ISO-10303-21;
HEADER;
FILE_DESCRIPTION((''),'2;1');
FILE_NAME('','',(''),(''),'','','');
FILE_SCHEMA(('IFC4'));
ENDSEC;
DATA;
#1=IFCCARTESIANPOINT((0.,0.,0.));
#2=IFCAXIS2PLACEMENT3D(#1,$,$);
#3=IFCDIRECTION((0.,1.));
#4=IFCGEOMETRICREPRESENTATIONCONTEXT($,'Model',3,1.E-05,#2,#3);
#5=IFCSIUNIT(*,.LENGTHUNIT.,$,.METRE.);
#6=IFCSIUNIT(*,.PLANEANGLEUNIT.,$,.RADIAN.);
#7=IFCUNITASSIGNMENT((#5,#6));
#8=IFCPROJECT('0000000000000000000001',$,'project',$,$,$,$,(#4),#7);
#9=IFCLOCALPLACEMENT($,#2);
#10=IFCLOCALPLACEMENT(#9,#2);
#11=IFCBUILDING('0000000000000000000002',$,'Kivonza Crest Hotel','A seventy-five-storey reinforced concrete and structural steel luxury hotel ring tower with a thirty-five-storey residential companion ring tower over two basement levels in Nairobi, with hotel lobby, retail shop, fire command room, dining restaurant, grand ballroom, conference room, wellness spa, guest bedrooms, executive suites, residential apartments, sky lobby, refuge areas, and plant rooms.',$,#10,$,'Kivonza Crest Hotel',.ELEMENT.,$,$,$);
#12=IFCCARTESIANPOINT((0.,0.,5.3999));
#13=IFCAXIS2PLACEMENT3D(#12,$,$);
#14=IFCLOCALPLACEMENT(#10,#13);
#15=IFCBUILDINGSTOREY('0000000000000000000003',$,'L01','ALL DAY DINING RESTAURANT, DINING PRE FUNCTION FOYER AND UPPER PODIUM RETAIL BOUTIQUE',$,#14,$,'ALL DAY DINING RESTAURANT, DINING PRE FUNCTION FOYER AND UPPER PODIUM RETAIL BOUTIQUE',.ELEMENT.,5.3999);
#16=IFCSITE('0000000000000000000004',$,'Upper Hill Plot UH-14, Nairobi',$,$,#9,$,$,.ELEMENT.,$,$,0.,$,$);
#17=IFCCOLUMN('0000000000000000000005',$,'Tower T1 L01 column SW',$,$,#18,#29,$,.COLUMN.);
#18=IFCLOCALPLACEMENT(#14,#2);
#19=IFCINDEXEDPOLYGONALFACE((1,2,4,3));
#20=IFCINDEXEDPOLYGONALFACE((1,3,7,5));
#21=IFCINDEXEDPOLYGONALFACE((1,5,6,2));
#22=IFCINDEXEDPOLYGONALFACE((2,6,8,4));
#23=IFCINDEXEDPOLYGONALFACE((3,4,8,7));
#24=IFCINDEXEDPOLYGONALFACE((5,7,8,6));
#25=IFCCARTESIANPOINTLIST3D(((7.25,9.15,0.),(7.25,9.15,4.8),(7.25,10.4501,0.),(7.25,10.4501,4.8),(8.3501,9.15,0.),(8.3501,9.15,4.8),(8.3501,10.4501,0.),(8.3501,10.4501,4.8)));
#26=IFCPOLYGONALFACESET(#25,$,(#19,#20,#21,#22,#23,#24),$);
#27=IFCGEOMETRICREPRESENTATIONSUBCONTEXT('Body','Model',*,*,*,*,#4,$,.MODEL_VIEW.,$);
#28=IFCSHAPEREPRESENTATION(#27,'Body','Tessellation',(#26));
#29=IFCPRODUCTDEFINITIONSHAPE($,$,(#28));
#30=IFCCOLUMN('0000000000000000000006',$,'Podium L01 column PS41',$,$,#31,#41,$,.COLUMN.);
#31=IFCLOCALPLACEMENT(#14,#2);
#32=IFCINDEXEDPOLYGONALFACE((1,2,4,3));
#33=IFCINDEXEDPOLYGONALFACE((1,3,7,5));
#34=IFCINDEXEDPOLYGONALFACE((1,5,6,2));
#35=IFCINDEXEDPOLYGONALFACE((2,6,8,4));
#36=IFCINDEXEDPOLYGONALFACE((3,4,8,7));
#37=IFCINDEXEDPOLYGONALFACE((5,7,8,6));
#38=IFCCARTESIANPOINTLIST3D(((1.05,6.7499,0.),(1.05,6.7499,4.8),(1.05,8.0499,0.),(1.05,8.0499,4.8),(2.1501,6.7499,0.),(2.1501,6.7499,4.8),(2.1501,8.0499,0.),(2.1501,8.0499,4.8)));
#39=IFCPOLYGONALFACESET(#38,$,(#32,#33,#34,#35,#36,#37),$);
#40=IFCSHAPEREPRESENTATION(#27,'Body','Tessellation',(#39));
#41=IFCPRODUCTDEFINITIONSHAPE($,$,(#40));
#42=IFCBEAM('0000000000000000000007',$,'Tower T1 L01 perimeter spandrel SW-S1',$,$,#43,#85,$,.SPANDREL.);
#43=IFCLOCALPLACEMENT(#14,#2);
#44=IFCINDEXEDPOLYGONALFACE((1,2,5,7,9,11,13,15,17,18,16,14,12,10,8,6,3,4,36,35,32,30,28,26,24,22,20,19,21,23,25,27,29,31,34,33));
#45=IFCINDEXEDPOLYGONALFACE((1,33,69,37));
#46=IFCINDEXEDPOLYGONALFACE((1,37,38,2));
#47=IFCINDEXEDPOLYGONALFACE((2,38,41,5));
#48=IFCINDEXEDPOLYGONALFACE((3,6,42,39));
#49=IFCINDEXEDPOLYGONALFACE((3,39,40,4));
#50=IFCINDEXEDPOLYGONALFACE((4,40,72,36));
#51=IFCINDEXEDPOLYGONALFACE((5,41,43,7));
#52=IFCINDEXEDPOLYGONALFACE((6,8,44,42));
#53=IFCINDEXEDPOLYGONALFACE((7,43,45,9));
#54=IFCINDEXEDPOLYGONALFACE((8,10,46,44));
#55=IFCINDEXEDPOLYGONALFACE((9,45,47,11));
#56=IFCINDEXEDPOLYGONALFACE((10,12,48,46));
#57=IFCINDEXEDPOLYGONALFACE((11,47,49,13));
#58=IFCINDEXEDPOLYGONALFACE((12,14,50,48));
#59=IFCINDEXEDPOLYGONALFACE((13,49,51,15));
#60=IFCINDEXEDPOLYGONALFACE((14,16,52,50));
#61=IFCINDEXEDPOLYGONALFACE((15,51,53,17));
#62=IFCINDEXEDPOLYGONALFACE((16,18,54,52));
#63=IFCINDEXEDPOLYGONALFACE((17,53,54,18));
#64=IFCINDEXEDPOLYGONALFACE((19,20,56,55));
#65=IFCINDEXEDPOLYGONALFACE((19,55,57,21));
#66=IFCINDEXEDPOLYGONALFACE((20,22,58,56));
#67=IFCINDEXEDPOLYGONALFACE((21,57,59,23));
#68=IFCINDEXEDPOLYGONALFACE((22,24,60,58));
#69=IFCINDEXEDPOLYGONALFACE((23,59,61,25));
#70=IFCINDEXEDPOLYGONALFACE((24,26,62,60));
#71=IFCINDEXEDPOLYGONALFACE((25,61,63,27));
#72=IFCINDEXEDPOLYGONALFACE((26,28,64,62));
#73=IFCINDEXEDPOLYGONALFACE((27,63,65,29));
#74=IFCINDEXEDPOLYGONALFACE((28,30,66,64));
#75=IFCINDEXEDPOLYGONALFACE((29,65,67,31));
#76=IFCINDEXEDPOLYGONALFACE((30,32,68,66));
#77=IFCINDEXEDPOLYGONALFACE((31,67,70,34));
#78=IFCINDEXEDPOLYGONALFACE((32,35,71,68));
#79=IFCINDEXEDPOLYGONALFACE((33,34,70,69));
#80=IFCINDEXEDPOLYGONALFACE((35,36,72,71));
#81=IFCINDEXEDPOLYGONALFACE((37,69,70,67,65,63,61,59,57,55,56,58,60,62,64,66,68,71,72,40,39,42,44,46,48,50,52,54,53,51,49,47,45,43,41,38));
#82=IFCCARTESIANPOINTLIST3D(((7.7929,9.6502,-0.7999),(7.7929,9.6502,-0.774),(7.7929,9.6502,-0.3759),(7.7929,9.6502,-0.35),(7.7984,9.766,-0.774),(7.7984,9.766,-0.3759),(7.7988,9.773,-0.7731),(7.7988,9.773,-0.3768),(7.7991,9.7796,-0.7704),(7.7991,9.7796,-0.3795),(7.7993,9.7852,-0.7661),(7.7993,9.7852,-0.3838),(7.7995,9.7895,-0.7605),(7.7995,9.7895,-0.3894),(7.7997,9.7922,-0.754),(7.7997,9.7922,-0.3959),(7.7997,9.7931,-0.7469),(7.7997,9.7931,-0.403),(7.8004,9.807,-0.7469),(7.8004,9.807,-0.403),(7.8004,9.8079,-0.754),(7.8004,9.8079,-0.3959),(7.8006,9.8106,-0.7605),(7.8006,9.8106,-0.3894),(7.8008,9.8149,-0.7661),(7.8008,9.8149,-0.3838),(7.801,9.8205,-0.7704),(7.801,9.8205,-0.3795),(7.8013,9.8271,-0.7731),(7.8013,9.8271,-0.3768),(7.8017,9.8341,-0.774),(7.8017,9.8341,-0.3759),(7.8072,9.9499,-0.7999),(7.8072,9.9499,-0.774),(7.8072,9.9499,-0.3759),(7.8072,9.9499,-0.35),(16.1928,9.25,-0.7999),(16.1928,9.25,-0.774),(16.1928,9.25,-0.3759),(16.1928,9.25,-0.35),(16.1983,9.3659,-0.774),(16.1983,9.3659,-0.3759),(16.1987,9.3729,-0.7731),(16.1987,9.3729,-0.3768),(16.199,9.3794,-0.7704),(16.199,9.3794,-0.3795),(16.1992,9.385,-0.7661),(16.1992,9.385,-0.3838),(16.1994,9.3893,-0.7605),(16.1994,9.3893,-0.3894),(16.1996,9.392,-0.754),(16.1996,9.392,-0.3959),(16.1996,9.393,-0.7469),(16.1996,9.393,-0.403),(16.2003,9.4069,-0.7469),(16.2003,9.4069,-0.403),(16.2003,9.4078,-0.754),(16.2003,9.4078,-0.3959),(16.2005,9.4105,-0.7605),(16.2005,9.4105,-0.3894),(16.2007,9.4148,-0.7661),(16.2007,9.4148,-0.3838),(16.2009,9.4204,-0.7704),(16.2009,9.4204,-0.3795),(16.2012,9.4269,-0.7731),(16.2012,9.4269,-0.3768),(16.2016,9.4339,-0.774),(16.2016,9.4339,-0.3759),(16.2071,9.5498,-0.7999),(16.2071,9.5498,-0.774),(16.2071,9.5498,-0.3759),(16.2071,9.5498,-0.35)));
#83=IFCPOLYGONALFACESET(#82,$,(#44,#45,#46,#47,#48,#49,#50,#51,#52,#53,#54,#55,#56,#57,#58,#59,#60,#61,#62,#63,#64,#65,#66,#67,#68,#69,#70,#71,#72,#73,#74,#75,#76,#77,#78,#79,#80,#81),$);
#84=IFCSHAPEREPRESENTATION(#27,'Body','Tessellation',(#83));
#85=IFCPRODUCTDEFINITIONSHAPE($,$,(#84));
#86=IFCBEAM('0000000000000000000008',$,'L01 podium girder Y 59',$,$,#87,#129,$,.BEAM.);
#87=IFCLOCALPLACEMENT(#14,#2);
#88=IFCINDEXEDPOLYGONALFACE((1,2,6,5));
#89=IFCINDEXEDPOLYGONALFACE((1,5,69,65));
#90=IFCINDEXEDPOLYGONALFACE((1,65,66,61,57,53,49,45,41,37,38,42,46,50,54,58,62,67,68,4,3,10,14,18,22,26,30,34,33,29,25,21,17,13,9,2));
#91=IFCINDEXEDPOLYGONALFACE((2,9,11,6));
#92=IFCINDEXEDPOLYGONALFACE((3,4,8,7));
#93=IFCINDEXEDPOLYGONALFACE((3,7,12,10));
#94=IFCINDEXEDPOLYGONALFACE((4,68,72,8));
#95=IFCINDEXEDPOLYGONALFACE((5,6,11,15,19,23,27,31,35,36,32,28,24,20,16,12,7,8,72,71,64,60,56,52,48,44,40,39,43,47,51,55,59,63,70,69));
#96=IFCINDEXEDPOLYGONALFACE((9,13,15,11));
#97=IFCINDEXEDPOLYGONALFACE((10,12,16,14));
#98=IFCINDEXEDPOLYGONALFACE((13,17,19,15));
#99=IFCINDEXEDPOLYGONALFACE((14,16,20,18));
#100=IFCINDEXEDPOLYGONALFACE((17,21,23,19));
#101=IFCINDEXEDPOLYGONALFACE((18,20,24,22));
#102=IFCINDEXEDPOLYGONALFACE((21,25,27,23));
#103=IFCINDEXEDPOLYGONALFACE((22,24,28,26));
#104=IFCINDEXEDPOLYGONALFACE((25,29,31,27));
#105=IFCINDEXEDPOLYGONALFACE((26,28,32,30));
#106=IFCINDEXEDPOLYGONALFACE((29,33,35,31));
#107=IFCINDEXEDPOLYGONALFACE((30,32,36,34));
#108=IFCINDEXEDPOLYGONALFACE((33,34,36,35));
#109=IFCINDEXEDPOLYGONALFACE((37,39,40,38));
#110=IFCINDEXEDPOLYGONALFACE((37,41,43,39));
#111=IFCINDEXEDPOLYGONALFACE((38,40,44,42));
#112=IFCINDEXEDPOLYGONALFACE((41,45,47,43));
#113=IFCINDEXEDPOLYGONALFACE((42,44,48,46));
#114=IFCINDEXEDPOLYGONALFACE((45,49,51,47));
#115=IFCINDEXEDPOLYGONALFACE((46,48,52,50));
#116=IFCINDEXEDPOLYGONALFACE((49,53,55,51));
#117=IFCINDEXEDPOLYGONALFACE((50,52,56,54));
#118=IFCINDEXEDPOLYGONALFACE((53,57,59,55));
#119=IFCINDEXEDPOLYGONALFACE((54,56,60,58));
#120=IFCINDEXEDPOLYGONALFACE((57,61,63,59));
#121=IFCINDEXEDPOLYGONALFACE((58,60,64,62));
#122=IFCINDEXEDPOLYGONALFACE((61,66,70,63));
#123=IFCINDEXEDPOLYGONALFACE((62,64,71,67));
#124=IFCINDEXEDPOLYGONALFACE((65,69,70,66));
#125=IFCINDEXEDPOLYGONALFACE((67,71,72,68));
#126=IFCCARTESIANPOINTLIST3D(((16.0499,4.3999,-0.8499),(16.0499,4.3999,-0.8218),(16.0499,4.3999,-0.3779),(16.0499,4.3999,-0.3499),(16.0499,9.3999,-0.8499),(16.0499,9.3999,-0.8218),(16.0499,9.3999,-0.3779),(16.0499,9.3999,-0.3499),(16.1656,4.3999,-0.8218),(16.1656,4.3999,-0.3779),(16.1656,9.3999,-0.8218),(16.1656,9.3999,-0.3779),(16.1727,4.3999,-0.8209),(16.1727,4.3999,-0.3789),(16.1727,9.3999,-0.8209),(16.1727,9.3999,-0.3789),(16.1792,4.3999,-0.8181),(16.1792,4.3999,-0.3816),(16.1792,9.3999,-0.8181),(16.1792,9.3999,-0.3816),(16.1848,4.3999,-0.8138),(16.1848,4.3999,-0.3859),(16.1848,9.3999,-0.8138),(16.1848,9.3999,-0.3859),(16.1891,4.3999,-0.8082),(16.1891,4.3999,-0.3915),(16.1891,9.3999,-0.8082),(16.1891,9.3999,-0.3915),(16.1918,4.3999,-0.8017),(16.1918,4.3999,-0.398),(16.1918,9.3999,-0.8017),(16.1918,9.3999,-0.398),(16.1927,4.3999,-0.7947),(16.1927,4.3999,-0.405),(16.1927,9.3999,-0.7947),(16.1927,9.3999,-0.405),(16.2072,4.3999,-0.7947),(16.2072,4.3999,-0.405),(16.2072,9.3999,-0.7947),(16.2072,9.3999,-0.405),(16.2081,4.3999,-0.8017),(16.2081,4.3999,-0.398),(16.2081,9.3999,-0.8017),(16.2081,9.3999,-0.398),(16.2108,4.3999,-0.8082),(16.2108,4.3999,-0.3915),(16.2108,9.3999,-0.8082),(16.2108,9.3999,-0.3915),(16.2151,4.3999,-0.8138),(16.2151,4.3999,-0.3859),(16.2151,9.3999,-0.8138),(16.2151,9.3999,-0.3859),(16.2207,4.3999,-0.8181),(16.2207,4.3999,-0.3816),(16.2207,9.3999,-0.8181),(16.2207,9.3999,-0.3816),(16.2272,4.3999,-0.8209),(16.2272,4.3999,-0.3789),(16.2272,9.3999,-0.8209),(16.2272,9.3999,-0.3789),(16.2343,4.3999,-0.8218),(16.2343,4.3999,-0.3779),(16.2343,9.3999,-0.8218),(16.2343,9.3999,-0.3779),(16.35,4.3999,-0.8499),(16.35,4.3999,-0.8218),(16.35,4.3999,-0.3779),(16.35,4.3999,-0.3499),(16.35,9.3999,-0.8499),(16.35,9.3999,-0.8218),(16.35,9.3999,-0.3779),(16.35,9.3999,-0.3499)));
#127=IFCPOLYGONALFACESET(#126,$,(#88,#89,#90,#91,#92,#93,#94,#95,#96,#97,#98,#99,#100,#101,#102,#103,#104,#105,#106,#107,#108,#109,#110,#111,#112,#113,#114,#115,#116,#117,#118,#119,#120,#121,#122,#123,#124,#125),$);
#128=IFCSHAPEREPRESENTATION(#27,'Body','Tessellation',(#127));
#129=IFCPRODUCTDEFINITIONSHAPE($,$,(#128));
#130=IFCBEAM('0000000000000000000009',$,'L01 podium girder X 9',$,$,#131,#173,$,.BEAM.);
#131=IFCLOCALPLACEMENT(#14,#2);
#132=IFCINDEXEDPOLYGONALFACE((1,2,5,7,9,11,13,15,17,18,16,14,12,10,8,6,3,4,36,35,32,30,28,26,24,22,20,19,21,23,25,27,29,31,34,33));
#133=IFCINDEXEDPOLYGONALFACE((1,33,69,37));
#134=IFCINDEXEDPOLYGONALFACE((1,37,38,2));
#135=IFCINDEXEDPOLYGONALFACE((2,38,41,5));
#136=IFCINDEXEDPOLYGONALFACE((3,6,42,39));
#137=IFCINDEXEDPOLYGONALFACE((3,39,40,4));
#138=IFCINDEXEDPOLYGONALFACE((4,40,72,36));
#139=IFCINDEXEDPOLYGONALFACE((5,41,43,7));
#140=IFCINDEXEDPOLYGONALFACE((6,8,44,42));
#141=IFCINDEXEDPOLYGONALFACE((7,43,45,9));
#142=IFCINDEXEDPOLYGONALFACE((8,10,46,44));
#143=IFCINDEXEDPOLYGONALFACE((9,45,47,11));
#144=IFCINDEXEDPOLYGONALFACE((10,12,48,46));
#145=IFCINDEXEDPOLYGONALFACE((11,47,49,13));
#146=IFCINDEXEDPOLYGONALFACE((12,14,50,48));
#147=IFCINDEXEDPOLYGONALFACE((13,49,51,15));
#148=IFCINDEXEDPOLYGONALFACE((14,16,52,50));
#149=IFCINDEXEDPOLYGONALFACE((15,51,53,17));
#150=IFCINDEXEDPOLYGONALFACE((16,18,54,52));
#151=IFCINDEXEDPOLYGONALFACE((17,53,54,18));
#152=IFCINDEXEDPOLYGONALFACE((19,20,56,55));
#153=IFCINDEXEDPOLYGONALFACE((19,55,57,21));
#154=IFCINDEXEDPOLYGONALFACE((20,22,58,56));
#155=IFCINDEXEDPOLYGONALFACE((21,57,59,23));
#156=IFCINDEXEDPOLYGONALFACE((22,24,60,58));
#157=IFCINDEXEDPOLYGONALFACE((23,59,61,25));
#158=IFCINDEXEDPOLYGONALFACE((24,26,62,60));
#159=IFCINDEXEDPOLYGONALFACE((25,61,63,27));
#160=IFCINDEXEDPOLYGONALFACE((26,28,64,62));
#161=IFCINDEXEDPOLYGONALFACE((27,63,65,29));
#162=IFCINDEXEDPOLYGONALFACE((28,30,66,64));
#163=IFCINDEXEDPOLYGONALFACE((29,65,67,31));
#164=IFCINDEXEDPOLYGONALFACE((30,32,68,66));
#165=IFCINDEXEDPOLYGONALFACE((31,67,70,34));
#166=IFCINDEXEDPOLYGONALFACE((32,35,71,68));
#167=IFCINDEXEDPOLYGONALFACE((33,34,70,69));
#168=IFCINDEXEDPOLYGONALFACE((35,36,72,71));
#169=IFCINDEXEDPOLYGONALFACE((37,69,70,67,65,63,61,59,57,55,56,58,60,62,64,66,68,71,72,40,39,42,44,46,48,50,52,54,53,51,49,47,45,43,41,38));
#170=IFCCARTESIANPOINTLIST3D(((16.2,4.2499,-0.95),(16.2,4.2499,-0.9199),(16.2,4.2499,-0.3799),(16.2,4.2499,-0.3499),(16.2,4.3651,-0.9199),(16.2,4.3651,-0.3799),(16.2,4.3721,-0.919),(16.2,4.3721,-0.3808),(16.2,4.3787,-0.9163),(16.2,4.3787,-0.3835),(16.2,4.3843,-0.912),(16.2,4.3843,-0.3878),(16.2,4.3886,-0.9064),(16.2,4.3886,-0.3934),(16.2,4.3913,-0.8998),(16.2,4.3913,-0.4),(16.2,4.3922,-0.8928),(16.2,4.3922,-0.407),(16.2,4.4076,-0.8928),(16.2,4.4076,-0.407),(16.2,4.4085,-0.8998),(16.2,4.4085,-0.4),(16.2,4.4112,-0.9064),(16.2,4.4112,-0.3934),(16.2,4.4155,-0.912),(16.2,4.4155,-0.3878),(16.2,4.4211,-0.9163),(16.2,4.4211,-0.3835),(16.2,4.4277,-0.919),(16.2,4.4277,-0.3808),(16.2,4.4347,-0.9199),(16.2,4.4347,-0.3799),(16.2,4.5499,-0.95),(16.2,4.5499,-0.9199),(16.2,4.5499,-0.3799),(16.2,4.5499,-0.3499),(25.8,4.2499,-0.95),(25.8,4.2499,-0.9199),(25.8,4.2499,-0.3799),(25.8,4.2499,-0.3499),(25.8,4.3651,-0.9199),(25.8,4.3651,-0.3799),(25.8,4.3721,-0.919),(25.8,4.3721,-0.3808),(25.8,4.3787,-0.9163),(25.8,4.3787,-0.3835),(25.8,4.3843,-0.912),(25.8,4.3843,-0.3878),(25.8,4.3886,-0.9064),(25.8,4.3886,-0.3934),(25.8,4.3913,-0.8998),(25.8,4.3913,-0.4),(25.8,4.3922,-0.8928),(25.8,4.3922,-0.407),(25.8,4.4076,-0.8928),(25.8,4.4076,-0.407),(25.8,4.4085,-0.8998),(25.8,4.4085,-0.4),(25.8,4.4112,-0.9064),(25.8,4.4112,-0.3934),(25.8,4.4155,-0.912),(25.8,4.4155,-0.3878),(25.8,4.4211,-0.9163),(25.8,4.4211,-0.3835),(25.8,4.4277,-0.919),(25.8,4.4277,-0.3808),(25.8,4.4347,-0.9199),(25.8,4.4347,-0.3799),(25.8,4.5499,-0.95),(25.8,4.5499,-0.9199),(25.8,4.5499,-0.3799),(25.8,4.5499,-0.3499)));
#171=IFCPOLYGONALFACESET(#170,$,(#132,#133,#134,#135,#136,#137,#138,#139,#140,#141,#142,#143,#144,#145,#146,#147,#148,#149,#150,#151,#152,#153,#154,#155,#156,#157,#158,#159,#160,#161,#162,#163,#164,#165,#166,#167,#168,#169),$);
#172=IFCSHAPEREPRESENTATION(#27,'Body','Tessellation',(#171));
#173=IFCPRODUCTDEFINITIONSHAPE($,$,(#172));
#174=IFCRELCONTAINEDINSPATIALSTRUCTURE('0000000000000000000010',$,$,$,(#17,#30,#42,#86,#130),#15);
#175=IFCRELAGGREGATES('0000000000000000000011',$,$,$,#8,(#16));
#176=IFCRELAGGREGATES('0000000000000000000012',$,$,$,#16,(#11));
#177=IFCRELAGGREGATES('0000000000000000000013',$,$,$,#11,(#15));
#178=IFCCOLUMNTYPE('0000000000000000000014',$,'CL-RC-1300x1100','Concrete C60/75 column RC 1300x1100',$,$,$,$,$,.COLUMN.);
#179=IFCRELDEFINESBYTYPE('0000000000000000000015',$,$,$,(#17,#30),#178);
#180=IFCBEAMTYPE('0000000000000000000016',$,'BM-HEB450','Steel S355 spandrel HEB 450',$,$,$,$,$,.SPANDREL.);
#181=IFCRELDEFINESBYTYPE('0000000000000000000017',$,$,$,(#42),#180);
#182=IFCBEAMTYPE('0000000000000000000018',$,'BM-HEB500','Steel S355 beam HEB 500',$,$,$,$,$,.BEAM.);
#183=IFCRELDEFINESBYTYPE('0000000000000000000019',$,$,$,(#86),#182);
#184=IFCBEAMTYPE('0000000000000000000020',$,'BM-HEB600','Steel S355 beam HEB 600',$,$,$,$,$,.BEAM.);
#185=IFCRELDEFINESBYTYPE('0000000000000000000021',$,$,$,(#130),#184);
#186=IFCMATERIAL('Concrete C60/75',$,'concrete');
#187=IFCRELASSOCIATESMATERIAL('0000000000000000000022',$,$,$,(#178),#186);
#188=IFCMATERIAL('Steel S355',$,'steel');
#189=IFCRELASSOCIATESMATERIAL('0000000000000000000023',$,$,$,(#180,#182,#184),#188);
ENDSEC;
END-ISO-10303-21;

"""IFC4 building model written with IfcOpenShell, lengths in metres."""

from ifc_helpers import new_model, si_unit, direction, frame, origin, origin_2d, place, context, subcontext, project, spatial, rectangle, i_section, extrude, material, material_profile, profile_set, type_object, element, save


model = new_model("IFC4")

# Units and contexts
model_context = context("Model", 3, precision=1e-05, world=origin(), true_north=direction((0.0, 1.0)))
body_context = subcontext(model_context, "Body", "Model", "MODEL_VIEW")
ifc_project = project(units=[si_unit("LENGTHUNIT", "METRE"), si_unit("PLANEANGLEUNIT", "RADIAN")], contexts=[model_context])

# Site, building, storey
site_placement = place(None, origin())
site = spatial("IfcSite", under=ifc_project, at=site_placement, Name="Upper Hill Plot UH-14, Nairobi", CompositionType="ELEMENT", RefElevation=0.0)
building_placement = place(site_placement, origin())
building = spatial("IfcBuilding", under=site, at=building_placement, Name="Kivonza Crest Hotel", Description="A seventy-five-storey reinforced concrete and structural steel luxury hotel ring tower with a thirty-five-storey residential companion ring tower over two basement levels in Nairobi, with hotel lobby, retail shop, fire command room, dining restaurant, grand ballroom, conference room, wellness spa, guest bedrooms, executive suites, residential apartments, sky lobby, refuge areas, and plant rooms.", LongName="Kivonza Crest Hotel", CompositionType="ELEMENT")
storey_placement = place(building_placement, frame((0.0, 0.0, 5.3999)))
storey = spatial("IfcBuildingStorey", under=building, at=storey_placement, Name="L01", Description="ALL DAY DINING RESTAURANT, DINING PRE FUNCTION FOYER AND UPPER PODIUM RETAIL BOUTIQUE", LongName="ALL DAY DINING RESTAURANT, DINING PRE FUNCTION FOYER AND UPPER PODIUM RETAIL BOUTIQUE", CompositionType="ELEMENT", Elevation=5.3999)

# Columns
ifc_material_1 = material(Name="Concrete C60/75", Category="concrete")
ifc_material_profile_1 = material_profile(ifc_material_1, rectangle(XDim=1.1001, YDim=1.3, at=origin_2d()), Name="RC 1300x1100")
ifc_profile_set_1 = profile_set([ifc_material_profile_1], Name="Concrete C60/75")
column_type = type_object("IfcColumnType", Name="CL-RC-1300x1100", Description="Concrete C60/75 column RC 1300x1100", PredefinedType="COLUMN", material=ifc_profile_set_1)
for number, where, z_axis, x_axis, name in (
    (1, (7.8, 9.8, 0.0), (0.0, 0.0, 1.0), (1.0, 0.0, 0.0), "Tower T1 L01 column SW"),
    (2, (1.6001, 7.3999, 0.0), (0.0, 0.0, 1.0), (1.0, 0.0, 0.0), "Podium L01 column PS41"),
):
    element("IfcColumn", number, at=place(storey_placement, frame(where, z_axis=z_axis, x_axis=x_axis)), inside=storey, type_object=column_type, Name=name, PredefinedType="COLUMN", context=body_context, shape_type="SweptSolid", body=[
        extrude(rectangle(XDim=1.1001, YDim=1.3, at=origin_2d()), origin(), (0.0, 0.0, 1.0), 4.8),
    ])

# Beams
ifc_material_2 = material(Name="Steel S355", Category="steel")
ifc_material_profile_2 = material_profile(ifc_material_2, i_section(OverallWidth=0.3, OverallDepth=0.45, WebThickness=0.0139, FlangeThickness=0.0259, FilletRadius=0.0271, at=origin_2d()), Name="HEB 450")
ifc_profile_set_2 = profile_set([ifc_material_profile_2], Name="Steel S355")
beam_type_1 = type_object("IfcBeamType", Name="BM-HEB450", Description="Steel S355 spandrel HEB 450", PredefinedType="SPANDREL", material=ifc_profile_set_2)
beam_1_placement = place(storey_placement, frame((7.8, 9.8, -0.575), z_axis=(0.998867, -0.047583, 0.0), x_axis=(0.047583, 0.998867, 0.0)))
element("IfcBeam", 3, at=beam_1_placement, inside=storey, type_object=beam_type_1, Name="Tower T1 L01 perimeter spandrel SW-S1", PredefinedType="SPANDREL", context=body_context, shape_type="SweptSolid", body=[
    extrude(i_section(OverallWidth=0.3, OverallDepth=0.45, WebThickness=0.0139, FlangeThickness=0.0259, FilletRadius=0.0271, at=origin_2d()), origin(), (0.0, 0.0, 1.0), 8.4094),
])
ifc_material_profile_3 = material_profile(ifc_material_2, i_section(OverallWidth=0.3, OverallDepth=0.5, WebThickness=0.0144, FlangeThickness=0.0281, FilletRadius=0.0271, at=origin_2d()), Name="HEB 500")
ifc_profile_set_3 = profile_set([ifc_material_profile_3], Name="Steel S355")
beam_type_2 = type_object("IfcBeamType", Name="BM-HEB500", Description="Steel S355 beam HEB 500", PredefinedType="BEAM", material=ifc_profile_set_3)
beam_2_placement = place(storey_placement, frame((16.2, 4.3999, -0.5999), z_axis=(0.0, 1.0, 0.0), x_axis=(-1.0, 0.0, 0.0)))
element("IfcBeam", 4, at=beam_2_placement, inside=storey, type_object=beam_type_2, Name="L01 podium girder Y 59", PredefinedType="BEAM", context=body_context, shape_type="SweptSolid", body=[
    extrude(i_section(OverallWidth=0.3, OverallDepth=0.5, WebThickness=0.0144, FlangeThickness=0.0281, FilletRadius=0.0271, at=origin_2d()), origin(), (0.0, 0.0, 1.0), 5.0),
])
ifc_material_profile_4 = material_profile(ifc_material_2, i_section(OverallWidth=0.3, OverallDepth=0.6001, WebThickness=0.0154, FlangeThickness=0.03, FilletRadius=0.0271, at=origin_2d()), Name="HEB 600")
ifc_profile_set_4 = profile_set([ifc_material_profile_4], Name="Steel S355")
beam_type_3 = type_object("IfcBeamType", Name="BM-HEB600", Description="Steel S355 beam HEB 600", PredefinedType="BEAM", material=ifc_profile_set_4)
beam_3_placement = place(storey_placement, frame((16.2, 4.3999, -0.6499), z_axis=(1.0, 0.0, 0.0), x_axis=(0.0, 1.0, 0.0)))
element("IfcBeam", 5, at=beam_3_placement, inside=storey, type_object=beam_type_3, Name="L01 podium girder X 9", PredefinedType="BEAM", context=body_context, shape_type="SweptSolid", body=[
    extrude(i_section(OverallWidth=0.3, OverallDepth=0.6001, WebThickness=0.0154, FlangeThickness=0.03, FilletRadius=0.0271, at=origin_2d()), origin(), (0.0, 0.0, 1.0), 9.6001),
])

save(model, "model.ifc")
